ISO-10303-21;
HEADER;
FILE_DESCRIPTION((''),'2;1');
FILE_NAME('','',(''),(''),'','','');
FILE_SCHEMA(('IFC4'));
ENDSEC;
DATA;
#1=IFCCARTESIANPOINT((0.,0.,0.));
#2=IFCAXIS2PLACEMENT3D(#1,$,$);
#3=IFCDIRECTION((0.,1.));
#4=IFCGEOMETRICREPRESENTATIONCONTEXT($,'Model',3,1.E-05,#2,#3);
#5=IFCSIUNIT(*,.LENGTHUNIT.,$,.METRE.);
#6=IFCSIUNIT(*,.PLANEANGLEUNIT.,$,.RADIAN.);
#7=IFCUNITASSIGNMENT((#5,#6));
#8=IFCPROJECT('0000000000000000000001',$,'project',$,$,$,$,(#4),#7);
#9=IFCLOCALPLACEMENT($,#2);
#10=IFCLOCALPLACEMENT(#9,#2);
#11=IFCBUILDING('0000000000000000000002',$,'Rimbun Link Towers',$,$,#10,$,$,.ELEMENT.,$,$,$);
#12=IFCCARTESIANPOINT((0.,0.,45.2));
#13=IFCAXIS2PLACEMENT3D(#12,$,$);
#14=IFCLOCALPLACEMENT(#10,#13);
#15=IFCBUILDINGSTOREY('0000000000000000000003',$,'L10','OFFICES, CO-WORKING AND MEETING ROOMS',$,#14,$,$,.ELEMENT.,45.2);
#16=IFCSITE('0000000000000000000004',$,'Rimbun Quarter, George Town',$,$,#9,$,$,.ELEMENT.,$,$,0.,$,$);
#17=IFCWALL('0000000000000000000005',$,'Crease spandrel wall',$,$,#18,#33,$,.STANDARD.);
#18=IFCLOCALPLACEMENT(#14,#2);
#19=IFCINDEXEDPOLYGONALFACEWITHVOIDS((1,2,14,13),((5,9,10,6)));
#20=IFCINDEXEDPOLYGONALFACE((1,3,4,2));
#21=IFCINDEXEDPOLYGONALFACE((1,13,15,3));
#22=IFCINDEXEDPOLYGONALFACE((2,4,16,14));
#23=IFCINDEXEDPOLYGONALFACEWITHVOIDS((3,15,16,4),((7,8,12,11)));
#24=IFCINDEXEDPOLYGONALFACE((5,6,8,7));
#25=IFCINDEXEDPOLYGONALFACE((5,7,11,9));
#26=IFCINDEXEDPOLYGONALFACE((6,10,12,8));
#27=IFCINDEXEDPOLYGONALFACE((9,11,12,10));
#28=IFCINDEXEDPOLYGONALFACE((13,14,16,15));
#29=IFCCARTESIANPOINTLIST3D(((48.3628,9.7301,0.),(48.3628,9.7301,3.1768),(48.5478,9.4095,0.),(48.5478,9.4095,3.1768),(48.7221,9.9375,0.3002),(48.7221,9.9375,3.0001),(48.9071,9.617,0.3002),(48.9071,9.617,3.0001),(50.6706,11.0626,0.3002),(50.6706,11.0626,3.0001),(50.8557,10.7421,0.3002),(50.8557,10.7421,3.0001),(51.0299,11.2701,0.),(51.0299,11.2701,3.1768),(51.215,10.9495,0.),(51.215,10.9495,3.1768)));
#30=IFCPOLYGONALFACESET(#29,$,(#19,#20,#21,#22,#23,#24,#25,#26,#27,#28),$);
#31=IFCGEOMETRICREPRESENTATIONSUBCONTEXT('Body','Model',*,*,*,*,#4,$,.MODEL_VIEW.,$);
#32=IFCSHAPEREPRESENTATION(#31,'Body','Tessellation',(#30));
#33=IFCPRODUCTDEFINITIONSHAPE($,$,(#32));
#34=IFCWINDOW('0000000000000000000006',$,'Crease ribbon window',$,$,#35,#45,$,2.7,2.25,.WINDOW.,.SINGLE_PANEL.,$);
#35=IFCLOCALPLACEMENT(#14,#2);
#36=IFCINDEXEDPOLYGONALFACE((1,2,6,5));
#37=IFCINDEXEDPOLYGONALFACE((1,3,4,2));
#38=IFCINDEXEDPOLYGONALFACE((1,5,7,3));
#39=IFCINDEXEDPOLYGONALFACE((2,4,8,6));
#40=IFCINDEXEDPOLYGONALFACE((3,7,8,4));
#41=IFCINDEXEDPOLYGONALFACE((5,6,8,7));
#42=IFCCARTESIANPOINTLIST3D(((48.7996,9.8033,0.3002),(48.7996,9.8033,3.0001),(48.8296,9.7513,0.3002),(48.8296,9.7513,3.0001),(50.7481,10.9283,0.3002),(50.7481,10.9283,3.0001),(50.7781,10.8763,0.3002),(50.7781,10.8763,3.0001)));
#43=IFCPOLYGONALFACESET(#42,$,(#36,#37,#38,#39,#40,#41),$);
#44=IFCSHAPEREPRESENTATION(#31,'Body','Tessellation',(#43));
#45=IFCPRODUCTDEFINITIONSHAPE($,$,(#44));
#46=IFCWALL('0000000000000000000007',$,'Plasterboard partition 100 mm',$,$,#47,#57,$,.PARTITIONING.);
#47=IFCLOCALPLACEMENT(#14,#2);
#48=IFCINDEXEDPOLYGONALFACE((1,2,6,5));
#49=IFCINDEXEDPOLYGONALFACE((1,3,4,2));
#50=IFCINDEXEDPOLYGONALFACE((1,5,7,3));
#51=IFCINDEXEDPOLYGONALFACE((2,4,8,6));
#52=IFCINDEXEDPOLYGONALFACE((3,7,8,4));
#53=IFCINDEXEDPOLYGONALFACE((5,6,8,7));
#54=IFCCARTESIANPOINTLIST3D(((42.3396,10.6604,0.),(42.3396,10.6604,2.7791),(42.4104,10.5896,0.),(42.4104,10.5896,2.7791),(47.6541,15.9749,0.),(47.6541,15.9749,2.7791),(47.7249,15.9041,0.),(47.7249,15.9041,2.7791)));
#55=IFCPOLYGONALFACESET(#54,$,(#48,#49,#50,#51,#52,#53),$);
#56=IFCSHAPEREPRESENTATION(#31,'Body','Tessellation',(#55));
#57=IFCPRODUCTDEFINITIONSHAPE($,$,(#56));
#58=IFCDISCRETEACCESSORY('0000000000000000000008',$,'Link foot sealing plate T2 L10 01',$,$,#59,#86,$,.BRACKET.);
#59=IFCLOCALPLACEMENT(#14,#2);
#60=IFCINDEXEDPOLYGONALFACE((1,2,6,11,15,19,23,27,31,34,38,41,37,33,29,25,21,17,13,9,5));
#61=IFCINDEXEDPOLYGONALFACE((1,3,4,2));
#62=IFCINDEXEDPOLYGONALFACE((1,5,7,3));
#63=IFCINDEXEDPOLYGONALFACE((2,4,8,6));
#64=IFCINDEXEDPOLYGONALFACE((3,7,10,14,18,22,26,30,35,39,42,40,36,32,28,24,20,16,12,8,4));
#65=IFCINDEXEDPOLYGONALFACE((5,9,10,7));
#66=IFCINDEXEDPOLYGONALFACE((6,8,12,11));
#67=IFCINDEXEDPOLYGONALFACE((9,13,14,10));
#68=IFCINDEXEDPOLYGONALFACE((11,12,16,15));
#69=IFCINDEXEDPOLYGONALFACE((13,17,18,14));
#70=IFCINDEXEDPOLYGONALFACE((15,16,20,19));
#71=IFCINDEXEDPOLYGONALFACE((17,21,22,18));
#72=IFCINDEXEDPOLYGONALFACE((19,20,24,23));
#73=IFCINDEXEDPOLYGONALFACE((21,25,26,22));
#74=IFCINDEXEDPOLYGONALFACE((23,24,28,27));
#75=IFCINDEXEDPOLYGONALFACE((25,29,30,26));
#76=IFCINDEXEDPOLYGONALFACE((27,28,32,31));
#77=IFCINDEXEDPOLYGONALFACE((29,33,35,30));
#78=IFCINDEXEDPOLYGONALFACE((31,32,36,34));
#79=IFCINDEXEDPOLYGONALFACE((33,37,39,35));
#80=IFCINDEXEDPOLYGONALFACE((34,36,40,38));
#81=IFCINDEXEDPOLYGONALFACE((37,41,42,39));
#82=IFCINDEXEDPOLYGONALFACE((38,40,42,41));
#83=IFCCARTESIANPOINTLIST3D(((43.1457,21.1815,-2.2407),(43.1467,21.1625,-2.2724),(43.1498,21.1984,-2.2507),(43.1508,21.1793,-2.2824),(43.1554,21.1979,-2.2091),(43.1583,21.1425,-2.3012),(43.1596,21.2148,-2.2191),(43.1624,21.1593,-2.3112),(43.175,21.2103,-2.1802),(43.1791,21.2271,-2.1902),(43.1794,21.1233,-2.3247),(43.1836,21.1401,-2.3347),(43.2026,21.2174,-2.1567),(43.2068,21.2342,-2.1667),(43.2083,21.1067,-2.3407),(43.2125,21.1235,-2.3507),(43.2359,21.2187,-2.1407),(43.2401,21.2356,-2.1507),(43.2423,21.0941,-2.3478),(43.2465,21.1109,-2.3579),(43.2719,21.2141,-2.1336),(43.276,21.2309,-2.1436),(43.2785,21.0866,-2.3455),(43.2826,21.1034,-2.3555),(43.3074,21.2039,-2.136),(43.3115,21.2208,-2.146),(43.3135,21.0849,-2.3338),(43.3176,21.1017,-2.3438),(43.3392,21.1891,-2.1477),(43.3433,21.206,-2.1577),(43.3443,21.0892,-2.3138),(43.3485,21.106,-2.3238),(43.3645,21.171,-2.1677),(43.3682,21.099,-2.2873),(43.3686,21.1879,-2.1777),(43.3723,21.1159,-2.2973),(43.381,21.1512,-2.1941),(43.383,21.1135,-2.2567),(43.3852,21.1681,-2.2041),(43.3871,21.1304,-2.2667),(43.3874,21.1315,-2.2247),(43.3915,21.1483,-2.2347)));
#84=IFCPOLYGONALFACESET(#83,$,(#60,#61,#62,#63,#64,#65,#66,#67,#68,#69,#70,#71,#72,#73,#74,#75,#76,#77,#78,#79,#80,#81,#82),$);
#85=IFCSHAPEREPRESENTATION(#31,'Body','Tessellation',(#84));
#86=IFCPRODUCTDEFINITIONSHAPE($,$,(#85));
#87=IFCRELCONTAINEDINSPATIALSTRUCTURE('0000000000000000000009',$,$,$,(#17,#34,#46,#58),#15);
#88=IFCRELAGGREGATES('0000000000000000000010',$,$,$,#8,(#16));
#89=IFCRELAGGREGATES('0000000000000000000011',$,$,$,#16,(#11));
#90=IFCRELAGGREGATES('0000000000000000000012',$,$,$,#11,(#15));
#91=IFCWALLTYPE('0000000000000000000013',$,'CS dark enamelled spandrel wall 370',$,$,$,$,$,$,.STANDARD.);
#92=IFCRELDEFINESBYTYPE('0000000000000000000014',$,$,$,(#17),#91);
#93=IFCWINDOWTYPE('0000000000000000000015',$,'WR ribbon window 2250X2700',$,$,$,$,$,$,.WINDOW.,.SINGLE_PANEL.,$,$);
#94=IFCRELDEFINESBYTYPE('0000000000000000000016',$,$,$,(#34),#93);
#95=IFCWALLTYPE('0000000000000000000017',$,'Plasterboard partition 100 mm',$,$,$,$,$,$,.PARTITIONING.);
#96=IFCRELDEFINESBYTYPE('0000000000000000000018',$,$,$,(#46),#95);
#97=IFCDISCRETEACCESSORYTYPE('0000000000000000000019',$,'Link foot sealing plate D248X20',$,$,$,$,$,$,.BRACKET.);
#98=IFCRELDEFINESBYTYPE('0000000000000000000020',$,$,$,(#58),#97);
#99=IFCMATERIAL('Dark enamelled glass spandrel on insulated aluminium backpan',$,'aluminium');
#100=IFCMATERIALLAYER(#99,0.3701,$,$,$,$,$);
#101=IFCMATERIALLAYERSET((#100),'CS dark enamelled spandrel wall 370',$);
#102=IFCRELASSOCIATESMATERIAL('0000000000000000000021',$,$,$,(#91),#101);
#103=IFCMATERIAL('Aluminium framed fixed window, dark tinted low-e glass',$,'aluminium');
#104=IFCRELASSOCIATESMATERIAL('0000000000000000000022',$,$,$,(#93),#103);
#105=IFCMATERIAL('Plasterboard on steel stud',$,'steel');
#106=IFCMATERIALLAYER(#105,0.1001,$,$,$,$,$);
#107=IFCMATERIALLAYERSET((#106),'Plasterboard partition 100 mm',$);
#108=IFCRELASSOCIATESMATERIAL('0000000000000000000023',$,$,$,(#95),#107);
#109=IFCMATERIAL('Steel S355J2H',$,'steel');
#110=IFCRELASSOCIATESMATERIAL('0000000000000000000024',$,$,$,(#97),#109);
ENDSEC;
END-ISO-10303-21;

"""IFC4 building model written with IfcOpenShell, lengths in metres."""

from ifc_helpers import new_model, si_unit, direction, frame, frame_2d, origin, origin_2d, place, context, subcontext, project, spatial, rectangle, circle, extrude, material, layer, layer_set, material_profile, profile_set, type_object, element, fill, save


model = new_model("IFC4")

# Units and contexts
model_context = context("Model", 3, precision=1e-05, world=origin(), true_north=direction((0.0, 1.0)))
body_context = subcontext(model_context, "Body", "Model", "MODEL_VIEW")
ifc_project = project(units=[si_unit("LENGTHUNIT", "METRE"), si_unit("PLANEANGLEUNIT", "RADIAN")], contexts=[model_context])

# Site, building, storey
site_placement = place(None, origin())
site = spatial("IfcSite", under=ifc_project, at=site_placement, Name="Rimbun Quarter, George Town", CompositionType="ELEMENT", RefElevation=0.0)
building_placement = place(site_placement, origin())
building = spatial("IfcBuilding", under=site, at=building_placement, Name="Rimbun Link Towers", CompositionType="ELEMENT")
storey_placement = place(building_placement, frame((0.0, 0.0, 45.2)))
storey = spatial("IfcBuildingStorey", under=building, at=storey_placement, Name="L10", Description="OFFICES, CO-WORKING AND MEETING ROOMS", CompositionType="ELEMENT", Elevation=45.2)

# Wall, opening, window
ifc_material_1 = material(Name="Dark enamelled glass spandrel on insulated aluminium backpan", Category="aluminium")
ifc_layer_1 = layer(ifc_material_1, 0.3701)
ifc_layer_set_1 = layer_set([ifc_layer_1], Name="CS dark enamelled spandrel wall 370")
wall_type_1 = type_object("IfcWallType", Name="CS dark enamelled spandrel wall 370", PredefinedType="STANDARD", material=ifc_layer_set_1)
wall_1_placement = place(storey_placement, frame((51.1226, 11.1099, 0.0), z_axis=(0.0, 0.0, 1.0), x_axis=(-0.86601, -0.500027, 0.0)))
wall_1 = element("IfcWall", 1, at=wall_1_placement, inside=storey, type_object=wall_type_1, Name="Crease spandrel wall", PredefinedType="STANDARD", context=body_context, shape_type="SweptSolid", body=[
    extrude(rectangle(XDim=3.0798, YDim=0.3701, at=frame_2d((1.54, 0.0))), origin(), (0.0, 0.0, 1.0), 3.1768),
])
opening_placement = place(wall_1_placement, frame((0.415, 0.0, 0.3)))
opening = element("IfcOpeningElement", 2, at=opening_placement, cuts=wall_1, PredefinedType="OPENING", context=body_context, shape_type="SweptSolid", body=[
    extrude(rectangle(XDim=2.25, YDim=2.7, at=frame_2d((1.125, 1.3501))), frame((0.0, 0.1951, 0.0), z_axis=(0.0, -1.0, 0.0), x_axis=(1.0, 0.0, 0.0)), (0.0, 0.0, 1.0), 0.3901),
])
ifc_material_2 = material(Name="Aluminium framed fixed window, dark tinted low-e glass", Category="aluminium")
window_type = type_object("IfcWindowType", Name="WR ribbon window 2250X2700", PartitioningType="SINGLE_PANEL", PredefinedType="WINDOW", material=ifc_material_2)
window_placement = place(opening_placement, origin())
window = element("IfcWindow", 3, at=window_placement, inside=storey, type_object=window_type, Name="Crease ribbon window", OverallHeight=2.7, OverallWidth=2.25, PartitioningType="SINGLE_PANEL", PredefinedType="WINDOW", context=body_context, shape_type="SweptSolid", body=[
    extrude(rectangle(XDim=2.25, YDim=2.7, at=frame_2d((1.125, 1.3501))), frame((0.0, 0.03, 0.0), z_axis=(0.0, -1.0, 0.0), x_axis=(1.0, 0.0, 0.0)), (0.0, 0.0, 1.0), 0.0601),
])
fill(opening, window)

# Wall
ifc_material_3 = material(Name="Plasterboard on steel stud", Category="steel")
ifc_layer_2 = layer(ifc_material_3, 0.1001)
ifc_layer_set_2 = layer_set([ifc_layer_2], Name="Plasterboard partition 100 mm")
wall_type_2 = type_object("IfcWallType", Name="Plasterboard partition 100 mm", PredefinedType="PARTITIONING", material=ifc_layer_set_2)
wall_2_placement = place(storey_placement, frame((47.6895, 15.9395, 0.0), z_axis=(0.0, 0.0, 1.0), x_axis=(-0.707107, -0.707107, 0.0)))
element("IfcWall", 4, at=wall_2_placement, inside=storey, type_object=wall_type_2, Name="Plasterboard partition 100 mm", PredefinedType="PARTITIONING", context=body_context, shape_type="SweptSolid", body=[
    extrude(rectangle(XDim=7.5159, YDim=0.1001, at=frame_2d((3.7578, 0.0))), origin(), (0.0, 0.0, 1.0), 2.7791),
])

# Discrete accessory
ifc_material_4 = material(Name="Steel S355J2H", Category="steel")
ifc_material_profile_1 = material_profile(ifc_material_4, circle(Radius=0.124, at=origin_2d()), Name="PL D248")
ifc_profile_set_1 = profile_set([ifc_material_profile_1], Name="Steel S355J2H")
discrete_accessory_type = type_object("IfcDiscreteAccessoryType", Name="Link foot sealing plate D248X20", PredefinedType="BRACKET", material=ifc_profile_set_1)
discrete_accessory_placement = place(storey_placement, frame((43.2661, 21.1519, -2.2407), z_axis=(0.207209, 0.841026, -0.49974), x_axis=(-0.970965, 0.239223, 0.0)))
element("IfcDiscreteAccessory", 5, at=discrete_accessory_placement, inside=storey, type_object=discrete_accessory_type, Name="Link foot sealing plate T2 L10 01", PredefinedType="BRACKET", context=body_context, shape_type="SweptSolid", body=[
    extrude(circle(Radius=0.124, at=origin_2d()), origin(), (0.0, 0.0, 1.0), 0.02),
])

save(model, "model.ifc")
